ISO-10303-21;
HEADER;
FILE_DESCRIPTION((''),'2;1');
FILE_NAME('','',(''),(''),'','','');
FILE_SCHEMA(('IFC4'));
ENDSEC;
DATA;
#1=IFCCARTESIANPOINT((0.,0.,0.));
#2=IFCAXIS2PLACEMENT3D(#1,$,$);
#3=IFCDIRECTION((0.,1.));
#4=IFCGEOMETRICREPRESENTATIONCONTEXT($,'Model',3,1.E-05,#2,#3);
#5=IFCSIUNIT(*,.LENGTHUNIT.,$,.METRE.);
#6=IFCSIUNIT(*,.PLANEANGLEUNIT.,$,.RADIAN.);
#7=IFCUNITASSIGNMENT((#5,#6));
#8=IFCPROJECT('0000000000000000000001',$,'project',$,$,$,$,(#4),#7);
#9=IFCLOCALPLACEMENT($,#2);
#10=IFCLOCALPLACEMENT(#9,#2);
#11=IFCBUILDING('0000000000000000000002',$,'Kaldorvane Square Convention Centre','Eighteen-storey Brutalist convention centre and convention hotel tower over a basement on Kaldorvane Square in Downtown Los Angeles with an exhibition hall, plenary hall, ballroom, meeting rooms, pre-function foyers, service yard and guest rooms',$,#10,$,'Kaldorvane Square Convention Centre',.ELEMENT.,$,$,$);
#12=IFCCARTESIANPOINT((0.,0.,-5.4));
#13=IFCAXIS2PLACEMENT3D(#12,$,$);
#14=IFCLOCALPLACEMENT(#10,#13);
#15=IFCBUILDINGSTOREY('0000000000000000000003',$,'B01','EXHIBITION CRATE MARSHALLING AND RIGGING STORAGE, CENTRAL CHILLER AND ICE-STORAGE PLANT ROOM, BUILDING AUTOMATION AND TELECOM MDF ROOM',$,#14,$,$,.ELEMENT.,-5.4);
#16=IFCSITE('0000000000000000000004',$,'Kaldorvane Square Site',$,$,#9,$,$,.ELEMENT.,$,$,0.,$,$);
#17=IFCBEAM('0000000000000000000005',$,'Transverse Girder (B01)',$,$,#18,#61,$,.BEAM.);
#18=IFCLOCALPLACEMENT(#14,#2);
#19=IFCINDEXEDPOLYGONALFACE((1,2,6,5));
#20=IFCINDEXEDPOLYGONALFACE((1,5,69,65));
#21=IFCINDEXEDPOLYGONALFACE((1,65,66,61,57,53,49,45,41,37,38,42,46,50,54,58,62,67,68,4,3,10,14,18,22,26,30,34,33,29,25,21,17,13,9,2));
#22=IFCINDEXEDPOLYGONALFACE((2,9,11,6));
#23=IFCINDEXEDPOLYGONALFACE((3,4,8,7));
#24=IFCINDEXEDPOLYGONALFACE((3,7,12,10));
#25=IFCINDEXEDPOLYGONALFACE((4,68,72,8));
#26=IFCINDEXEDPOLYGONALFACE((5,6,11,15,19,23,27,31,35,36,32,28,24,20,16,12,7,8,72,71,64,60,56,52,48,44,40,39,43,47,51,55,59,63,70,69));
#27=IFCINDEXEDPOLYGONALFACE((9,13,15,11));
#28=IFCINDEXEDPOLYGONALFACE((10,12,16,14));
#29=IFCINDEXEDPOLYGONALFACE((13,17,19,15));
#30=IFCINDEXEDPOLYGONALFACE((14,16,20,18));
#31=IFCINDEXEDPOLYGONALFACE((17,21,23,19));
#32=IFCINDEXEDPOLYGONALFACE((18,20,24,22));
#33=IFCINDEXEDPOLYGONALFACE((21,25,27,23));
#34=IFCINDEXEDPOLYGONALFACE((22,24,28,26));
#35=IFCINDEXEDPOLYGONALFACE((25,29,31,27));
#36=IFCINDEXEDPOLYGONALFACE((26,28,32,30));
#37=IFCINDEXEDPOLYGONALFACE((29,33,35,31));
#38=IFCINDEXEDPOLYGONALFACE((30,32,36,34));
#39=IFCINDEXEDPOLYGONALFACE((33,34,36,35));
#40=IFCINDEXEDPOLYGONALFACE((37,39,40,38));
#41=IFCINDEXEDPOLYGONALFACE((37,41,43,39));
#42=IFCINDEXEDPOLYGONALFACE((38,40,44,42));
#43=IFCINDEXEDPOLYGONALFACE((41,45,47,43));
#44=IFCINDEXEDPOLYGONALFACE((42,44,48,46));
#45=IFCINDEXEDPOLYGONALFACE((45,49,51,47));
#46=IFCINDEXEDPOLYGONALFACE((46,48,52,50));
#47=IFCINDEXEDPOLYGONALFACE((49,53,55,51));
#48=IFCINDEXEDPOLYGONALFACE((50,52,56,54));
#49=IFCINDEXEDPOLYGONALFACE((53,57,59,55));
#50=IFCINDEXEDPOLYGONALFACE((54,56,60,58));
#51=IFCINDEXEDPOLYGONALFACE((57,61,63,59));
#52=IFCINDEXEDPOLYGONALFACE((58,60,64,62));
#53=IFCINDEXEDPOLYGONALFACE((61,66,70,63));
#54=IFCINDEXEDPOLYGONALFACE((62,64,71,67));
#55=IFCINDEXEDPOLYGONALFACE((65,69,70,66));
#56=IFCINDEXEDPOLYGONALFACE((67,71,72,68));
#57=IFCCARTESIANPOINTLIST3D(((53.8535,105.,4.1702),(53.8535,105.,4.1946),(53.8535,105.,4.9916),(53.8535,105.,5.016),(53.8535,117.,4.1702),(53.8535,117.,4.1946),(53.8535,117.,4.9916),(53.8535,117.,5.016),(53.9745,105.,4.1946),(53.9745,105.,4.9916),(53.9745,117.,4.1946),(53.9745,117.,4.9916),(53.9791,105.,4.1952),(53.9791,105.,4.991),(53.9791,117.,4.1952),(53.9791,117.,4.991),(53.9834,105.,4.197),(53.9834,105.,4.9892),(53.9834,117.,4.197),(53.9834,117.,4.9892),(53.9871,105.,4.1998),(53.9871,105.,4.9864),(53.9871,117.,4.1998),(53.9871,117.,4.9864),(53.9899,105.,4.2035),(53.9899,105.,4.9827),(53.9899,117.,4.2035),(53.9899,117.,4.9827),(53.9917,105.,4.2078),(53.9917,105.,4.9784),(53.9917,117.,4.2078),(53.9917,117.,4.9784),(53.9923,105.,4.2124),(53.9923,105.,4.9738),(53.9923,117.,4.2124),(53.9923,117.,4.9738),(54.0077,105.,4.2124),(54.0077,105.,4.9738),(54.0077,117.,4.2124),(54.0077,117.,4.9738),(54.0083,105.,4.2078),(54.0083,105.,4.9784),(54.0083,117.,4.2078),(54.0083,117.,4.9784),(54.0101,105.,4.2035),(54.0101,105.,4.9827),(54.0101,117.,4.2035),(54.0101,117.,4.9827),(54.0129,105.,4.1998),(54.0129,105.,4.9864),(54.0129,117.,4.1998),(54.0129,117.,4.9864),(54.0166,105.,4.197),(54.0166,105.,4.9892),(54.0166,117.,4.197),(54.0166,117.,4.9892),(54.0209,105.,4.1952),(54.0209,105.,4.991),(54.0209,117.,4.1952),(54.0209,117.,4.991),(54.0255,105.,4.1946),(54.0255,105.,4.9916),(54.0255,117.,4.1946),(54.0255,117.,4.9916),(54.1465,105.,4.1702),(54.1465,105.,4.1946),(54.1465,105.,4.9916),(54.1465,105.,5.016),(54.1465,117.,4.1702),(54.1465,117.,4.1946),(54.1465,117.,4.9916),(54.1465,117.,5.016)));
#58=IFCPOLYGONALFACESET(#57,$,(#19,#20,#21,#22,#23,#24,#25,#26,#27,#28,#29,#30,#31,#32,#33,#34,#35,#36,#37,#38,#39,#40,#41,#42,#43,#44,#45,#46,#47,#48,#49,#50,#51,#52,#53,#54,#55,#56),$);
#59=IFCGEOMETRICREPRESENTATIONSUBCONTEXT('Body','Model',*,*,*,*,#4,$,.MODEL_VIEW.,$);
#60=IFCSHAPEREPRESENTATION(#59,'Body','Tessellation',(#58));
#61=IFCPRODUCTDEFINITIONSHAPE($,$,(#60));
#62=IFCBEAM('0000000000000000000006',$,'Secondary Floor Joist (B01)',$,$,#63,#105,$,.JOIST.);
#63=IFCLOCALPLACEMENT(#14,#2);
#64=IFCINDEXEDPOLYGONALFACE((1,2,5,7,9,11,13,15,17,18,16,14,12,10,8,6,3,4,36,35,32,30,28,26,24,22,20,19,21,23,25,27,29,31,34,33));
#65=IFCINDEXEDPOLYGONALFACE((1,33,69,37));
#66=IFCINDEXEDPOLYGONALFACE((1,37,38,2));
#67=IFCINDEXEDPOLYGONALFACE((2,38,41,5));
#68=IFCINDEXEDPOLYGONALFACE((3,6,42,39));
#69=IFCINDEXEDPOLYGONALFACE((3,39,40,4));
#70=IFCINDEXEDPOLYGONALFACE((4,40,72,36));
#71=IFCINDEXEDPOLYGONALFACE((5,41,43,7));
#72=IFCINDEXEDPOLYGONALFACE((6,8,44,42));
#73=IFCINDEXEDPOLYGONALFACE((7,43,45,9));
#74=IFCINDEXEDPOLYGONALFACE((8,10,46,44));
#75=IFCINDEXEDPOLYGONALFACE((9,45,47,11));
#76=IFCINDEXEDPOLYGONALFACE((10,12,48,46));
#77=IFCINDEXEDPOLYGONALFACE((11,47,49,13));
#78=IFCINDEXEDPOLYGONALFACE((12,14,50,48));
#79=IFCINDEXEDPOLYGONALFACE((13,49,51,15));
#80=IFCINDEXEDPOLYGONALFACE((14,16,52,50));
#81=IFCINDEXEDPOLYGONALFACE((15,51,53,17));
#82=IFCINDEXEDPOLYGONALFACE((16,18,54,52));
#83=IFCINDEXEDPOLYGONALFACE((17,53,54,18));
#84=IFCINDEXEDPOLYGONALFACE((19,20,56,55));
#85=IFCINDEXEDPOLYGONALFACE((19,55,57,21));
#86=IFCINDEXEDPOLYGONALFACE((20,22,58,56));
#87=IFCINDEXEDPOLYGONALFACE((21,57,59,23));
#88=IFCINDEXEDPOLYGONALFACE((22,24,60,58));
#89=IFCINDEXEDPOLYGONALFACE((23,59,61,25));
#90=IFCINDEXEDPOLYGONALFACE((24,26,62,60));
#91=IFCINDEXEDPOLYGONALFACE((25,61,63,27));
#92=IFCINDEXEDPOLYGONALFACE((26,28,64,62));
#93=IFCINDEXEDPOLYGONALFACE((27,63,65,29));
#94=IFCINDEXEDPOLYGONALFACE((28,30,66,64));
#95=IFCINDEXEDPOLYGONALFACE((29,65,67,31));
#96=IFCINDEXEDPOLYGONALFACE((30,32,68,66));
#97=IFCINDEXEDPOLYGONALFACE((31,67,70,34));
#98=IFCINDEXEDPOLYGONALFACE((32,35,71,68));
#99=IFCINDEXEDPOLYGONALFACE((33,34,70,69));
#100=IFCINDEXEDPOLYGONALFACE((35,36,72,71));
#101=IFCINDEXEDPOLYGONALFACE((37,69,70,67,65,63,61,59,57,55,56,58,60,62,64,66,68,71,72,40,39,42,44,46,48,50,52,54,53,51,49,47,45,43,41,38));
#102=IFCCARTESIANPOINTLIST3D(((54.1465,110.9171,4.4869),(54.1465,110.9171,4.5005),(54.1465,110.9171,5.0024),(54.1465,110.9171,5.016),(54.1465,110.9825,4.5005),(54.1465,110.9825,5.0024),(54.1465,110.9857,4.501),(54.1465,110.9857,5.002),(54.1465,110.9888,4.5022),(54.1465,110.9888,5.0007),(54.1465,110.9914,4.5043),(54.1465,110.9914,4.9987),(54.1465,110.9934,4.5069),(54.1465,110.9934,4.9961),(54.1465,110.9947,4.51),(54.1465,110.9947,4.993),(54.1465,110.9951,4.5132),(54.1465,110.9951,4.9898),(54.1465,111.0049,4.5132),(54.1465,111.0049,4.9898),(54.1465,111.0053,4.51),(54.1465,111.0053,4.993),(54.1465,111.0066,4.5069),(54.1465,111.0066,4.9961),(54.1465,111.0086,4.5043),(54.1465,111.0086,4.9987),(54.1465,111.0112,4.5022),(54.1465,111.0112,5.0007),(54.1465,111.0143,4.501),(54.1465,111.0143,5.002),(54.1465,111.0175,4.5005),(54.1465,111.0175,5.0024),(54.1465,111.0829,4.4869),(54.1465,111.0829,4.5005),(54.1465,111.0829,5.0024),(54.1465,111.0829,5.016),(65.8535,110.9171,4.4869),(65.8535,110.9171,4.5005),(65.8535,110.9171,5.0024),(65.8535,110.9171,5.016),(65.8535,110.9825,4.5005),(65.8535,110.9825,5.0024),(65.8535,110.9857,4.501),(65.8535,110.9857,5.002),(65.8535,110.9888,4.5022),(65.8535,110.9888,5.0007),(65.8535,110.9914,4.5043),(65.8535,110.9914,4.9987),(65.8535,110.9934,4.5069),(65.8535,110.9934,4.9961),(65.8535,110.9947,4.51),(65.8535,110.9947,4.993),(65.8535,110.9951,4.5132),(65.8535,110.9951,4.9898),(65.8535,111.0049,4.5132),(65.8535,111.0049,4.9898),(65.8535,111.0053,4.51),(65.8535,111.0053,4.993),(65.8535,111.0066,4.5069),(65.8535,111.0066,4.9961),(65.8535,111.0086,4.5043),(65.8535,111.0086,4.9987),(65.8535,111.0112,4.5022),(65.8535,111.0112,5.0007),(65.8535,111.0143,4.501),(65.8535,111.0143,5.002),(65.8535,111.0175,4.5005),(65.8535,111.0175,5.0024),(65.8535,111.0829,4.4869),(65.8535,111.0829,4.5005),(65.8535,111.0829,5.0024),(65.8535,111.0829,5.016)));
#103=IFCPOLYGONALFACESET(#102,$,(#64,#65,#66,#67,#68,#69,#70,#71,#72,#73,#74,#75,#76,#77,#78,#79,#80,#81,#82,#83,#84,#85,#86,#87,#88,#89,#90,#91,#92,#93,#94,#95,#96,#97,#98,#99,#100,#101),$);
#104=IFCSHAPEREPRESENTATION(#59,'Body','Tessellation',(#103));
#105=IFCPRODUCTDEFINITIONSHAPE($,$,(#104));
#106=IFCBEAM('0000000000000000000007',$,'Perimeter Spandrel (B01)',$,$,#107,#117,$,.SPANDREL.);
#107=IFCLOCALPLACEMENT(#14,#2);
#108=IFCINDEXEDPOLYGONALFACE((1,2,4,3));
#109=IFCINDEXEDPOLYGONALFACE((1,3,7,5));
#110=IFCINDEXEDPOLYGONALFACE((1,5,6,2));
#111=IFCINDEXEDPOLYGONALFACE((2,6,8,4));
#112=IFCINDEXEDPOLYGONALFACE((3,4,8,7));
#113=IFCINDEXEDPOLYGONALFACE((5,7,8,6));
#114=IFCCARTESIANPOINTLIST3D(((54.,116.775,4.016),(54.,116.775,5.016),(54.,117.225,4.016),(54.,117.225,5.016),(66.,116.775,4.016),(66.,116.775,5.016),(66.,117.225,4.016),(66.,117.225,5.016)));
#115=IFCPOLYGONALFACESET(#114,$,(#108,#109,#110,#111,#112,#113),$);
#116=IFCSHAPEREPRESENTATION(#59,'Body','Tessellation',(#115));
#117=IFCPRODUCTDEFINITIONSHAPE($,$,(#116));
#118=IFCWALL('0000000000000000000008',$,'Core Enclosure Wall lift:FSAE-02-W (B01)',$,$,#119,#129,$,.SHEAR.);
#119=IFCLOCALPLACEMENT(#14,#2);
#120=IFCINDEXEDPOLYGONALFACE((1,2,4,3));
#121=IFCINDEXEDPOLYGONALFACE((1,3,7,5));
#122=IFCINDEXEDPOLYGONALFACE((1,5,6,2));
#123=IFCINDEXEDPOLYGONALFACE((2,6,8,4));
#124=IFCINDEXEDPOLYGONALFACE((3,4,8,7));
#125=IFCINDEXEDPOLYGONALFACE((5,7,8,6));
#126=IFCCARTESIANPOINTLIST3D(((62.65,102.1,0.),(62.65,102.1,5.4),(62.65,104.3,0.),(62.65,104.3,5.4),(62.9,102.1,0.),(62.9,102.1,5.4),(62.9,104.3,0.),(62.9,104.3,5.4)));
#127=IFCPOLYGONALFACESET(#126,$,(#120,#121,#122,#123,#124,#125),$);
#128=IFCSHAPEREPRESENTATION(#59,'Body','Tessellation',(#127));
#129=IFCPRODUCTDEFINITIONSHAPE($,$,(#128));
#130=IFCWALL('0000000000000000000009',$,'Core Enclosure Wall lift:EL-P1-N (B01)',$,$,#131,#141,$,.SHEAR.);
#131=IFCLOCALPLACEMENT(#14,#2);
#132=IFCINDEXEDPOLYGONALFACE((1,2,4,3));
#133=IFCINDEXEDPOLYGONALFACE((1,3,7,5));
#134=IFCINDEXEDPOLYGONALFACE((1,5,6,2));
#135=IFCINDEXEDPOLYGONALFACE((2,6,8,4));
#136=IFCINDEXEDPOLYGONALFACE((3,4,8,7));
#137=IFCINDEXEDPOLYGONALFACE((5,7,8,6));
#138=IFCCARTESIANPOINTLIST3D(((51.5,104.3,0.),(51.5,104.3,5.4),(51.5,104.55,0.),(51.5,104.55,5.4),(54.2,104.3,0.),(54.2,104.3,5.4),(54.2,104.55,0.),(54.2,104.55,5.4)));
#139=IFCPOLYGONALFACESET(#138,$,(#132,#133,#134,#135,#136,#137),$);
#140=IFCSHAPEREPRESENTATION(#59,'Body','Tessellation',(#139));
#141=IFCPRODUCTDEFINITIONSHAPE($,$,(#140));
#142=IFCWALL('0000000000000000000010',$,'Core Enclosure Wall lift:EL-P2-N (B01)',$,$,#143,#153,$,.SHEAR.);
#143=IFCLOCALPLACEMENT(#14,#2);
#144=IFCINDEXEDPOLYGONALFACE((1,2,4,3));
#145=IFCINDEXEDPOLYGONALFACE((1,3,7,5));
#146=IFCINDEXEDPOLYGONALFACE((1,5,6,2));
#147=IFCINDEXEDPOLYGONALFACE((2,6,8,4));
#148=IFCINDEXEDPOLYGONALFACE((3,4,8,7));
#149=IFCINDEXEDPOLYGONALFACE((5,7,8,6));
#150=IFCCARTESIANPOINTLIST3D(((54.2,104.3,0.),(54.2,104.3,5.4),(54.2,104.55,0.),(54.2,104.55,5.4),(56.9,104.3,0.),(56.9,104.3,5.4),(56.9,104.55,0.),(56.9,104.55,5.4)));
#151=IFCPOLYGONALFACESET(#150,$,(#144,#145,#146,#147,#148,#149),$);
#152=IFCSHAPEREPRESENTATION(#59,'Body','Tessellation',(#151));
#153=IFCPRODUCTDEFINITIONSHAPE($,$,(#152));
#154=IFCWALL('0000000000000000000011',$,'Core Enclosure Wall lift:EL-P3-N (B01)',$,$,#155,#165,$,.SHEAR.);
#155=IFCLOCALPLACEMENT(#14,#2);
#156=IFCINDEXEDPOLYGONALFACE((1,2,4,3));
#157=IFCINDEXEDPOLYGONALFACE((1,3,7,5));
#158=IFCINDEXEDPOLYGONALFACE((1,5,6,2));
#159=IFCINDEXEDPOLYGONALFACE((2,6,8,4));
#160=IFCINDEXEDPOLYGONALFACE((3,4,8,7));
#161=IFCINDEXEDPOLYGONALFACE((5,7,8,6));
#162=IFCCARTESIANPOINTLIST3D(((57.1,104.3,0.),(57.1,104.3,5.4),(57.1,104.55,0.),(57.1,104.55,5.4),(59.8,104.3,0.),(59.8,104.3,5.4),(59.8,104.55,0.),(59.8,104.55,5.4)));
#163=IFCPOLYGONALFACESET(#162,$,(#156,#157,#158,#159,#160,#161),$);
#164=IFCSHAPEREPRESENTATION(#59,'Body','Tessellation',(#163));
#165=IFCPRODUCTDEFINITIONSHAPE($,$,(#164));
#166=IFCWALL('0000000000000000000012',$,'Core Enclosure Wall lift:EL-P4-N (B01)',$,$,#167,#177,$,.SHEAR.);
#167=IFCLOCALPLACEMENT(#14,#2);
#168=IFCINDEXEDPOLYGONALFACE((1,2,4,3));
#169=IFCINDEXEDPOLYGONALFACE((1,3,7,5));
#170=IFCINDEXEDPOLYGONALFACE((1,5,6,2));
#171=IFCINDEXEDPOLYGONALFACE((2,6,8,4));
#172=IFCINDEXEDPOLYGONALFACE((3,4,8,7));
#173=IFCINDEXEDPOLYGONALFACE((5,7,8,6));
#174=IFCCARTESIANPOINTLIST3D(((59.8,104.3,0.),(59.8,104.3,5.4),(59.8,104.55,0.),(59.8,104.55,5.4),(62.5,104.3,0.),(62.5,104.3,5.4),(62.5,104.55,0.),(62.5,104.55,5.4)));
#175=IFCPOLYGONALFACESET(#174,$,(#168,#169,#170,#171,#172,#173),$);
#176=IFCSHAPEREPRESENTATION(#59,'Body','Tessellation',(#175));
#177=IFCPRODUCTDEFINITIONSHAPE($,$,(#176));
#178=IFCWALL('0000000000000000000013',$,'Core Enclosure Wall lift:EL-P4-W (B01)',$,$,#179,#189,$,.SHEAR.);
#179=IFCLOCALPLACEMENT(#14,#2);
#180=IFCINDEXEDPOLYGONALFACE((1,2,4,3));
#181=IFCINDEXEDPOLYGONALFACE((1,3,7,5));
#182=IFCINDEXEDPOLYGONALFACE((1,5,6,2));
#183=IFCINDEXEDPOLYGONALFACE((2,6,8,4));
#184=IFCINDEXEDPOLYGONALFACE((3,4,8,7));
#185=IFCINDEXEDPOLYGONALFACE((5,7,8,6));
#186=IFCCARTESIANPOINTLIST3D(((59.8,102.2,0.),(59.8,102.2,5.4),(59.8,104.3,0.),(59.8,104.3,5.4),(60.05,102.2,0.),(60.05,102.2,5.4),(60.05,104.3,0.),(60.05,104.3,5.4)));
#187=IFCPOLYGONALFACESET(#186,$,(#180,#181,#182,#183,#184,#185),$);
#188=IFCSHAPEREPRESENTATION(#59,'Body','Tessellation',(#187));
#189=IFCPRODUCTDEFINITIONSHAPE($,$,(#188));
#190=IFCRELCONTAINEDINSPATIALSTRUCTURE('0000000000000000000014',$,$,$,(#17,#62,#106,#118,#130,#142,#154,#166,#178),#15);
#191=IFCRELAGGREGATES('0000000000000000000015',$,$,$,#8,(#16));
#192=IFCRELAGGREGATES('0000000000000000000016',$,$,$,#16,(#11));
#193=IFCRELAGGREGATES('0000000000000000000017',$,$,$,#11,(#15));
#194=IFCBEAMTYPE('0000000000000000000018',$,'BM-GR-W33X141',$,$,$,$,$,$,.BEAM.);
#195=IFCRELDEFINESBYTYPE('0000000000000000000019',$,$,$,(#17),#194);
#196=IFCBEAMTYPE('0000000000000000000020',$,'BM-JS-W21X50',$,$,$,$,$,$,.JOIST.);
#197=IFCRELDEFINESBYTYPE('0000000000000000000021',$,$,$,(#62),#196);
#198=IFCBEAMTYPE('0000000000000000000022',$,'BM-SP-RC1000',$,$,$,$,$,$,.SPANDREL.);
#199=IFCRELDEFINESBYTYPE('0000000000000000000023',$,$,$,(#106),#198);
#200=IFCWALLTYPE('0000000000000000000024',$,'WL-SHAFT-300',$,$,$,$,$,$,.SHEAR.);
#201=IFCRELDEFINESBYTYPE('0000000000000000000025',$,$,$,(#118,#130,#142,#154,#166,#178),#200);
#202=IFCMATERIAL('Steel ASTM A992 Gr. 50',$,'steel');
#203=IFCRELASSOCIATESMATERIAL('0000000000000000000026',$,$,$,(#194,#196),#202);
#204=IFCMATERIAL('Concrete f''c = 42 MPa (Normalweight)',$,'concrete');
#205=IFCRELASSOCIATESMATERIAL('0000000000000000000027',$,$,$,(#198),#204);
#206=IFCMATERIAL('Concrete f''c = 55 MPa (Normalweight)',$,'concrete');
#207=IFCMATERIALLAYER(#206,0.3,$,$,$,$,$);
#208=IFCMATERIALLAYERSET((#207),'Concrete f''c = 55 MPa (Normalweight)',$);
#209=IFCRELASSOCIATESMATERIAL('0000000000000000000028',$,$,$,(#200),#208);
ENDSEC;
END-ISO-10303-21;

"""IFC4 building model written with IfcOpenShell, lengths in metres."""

from ifc_helpers import new_model, si_unit, direction, frame, frame_2d, origin, origin_2d, place, context, subcontext, project, spatial, rectangle, i_section, extrude, material, layer, layer_set, material_profile, profile_set, type_object, element, save


model = new_model("IFC4")

# Units and contexts
model_context = context("Model", 3, precision=1e-05, world=origin(), true_north=direction((0.0, 1.0)))
body_context = subcontext(model_context, "Body", "Model", "MODEL_VIEW")
ifc_project = project(units=[si_unit("LENGTHUNIT", "METRE"), si_unit("PLANEANGLEUNIT", "RADIAN")], contexts=[model_context])

# Site, building, storey
site_placement = place(None, origin())
site = spatial("IfcSite", under=ifc_project, at=site_placement, Name="Kaldorvane Square Site", CompositionType="ELEMENT", RefElevation=0.0)
building_placement = place(site_placement, origin())
building = spatial("IfcBuilding", under=site, at=building_placement, Name="Kaldorvane Square Convention Centre", Description="Eighteen-storey Brutalist convention centre and convention hotel tower over a basement on Kaldorvane Square in Downtown Los Angeles with an exhibition hall, plenary hall, ballroom, meeting rooms, pre-function foyers, service yard and guest rooms", LongName="Kaldorvane Square Convention Centre", CompositionType="ELEMENT")
storey_placement = place(building_placement, frame((0.0, 0.0, -5.4)))
storey = spatial("IfcBuildingStorey", under=building, at=storey_placement, Name="B01", Description="EXHIBITION CRATE MARSHALLING AND RIGGING STORAGE, CENTRAL CHILLER AND ICE-STORAGE PLANT ROOM, BUILDING AUTOMATION AND TELECOM MDF ROOM", CompositionType="ELEMENT", Elevation=-5.4)

# Shared definitions
ifc_material_1 = material(Name="Concrete f'c = 42 MPa (Normalweight)", Category="concrete")

# Shared definitions
ifc_material_2 = material(Name="Concrete f'c = 55 MPa (Normalweight)", Category="concrete")

# Beams
ifc_material_3 = material(Name="Steel ASTM A992 Gr. 50", Category="steel")
ifc_material_profile_1 = material_profile(ifc_material_3, i_section(OverallWidth=0.293, OverallDepth=0.8458, WebThickness=0.0154, FlangeThickness=0.0244, FilletRadius=0.0178, at=origin_2d()), Name="W33X141")
ifc_profile_set_1 = profile_set([ifc_material_profile_1], Name="Steel ASTM A992 Gr. 50")
beam_type_1 = type_object("IfcBeamType", Name="BM-GR-W33X141", PredefinedType="BEAM", material=ifc_profile_set_1)
beam_1_placement = place(storey_placement, frame((54.0, 105.0, 4.5931), z_axis=(0.0, 1.0, 0.0), x_axis=(-1.0, 0.0, 0.0)))
element("IfcBeam", 1, at=beam_1_placement, inside=storey, type_object=beam_type_1, Name="Transverse Girder (B01)", PredefinedType="BEAM", context=body_context, shape_type="SweptSolid", body=[
    extrude(i_section(OverallWidth=0.293, OverallDepth=0.8458, WebThickness=0.0154, FlangeThickness=0.0244, FilletRadius=0.0178, at=origin_2d()), origin(), (0.0, 0.0, 1.0), 12.0),
])
ifc_material_profile_2 = material_profile(ifc_material_3, i_section(OverallWidth=0.1659, OverallDepth=0.5291, WebThickness=0.0097, FlangeThickness=0.0136, FilletRadius=0.0127, at=origin_2d()), Name="W21X50")
ifc_profile_set_2 = profile_set([ifc_material_profile_2], Name="Steel ASTM A992 Gr. 50")
beam_type_2 = type_object("IfcBeamType", Name="BM-JS-W21X50", PredefinedType="JOIST", material=ifc_profile_set_2)
beam_2_placement = place(storey_placement, frame((54.1465, 111.0, 4.7515), z_axis=(1.0, 0.0, 0.0), x_axis=(0.0, 1.0, 0.0)))
element("IfcBeam", 2, at=beam_2_placement, inside=storey, type_object=beam_type_2, Name="Secondary Floor Joist (B01)", PredefinedType="JOIST", context=body_context, shape_type="SweptSolid", body=[
    extrude(i_section(OverallWidth=0.1659, OverallDepth=0.5291, WebThickness=0.0097, FlangeThickness=0.0136, FilletRadius=0.0127, at=origin_2d()), origin(), (0.0, 0.0, 1.0), 11.707),
])
ifc_material_profile_3 = material_profile(ifc_material_1, rectangle(XDim=0.45, YDim=1.0, at=origin_2d()), Name="RCSP1000X450")
ifc_profile_set_3 = profile_set([ifc_material_profile_3], Name="Concrete f'c = 42 MPa (Normalweight)")
beam_type_3 = type_object("IfcBeamType", Name="BM-SP-RC1000", PredefinedType="SPANDREL", material=ifc_profile_set_3)
beam_3_placement = place(storey_placement, frame((54.0, 117.0, 4.516), z_axis=(1.0, 0.0, 0.0), x_axis=(0.0, 1.0, 0.0)))
element("IfcBeam", 3, at=beam_3_placement, inside=storey, type_object=beam_type_3, Name="Perimeter Spandrel (B01)", PredefinedType="SPANDREL", context=body_context, shape_type="SweptSolid", body=[
    extrude(rectangle(XDim=0.45, YDim=1.0, at=origin_2d()), origin(), (0.0, 0.0, 1.0), 12.0),
])

# Walls
ifc_layer = layer(ifc_material_2, 0.3)
ifc_layer_set = layer_set([ifc_layer], Name="Concrete f'c = 55 MPa (Normalweight)")
wall_type = type_object("IfcWallType", Name="WL-SHAFT-300", PredefinedType="SHEAR", material=ifc_layer_set)
wall_1_placement = place(storey_placement, frame((62.775, 104.3, 0.0), z_axis=(0.0, 0.0, 1.0), x_axis=(0.0, -1.0, 0.0)))
element("IfcWall", 4, at=wall_1_placement, inside=storey, type_object=wall_type, Name="Core Enclosure Wall lift:FSAE-02-W (B01)", PredefinedType="SHEAR", context=body_context, shape_type="SweptSolid", body=[
    extrude(rectangle(XDim=2.2, YDim=0.25, at=frame_2d((1.1, 0.0))), origin(), (0.0, 0.0, 1.0), 5.4),
])
for number, where, z_axis, x_axis, name in (
    (5, (54.2, 104.425, 0.0), (0.0, 0.0, 1.0), (-1.0, 0.0, 0.0), "Core Enclosure Wall lift:EL-P1-N (B01)"),
    (6, (56.9, 104.425, 0.0), (0.0, 0.0, 1.0), (-1.0, 0.0, 0.0), "Core Enclosure Wall lift:EL-P2-N (B01)"),
    (7, (59.8, 104.425, 0.0), (0.0, 0.0, 1.0), (-1.0, 0.0, 0.0), "Core Enclosure Wall lift:EL-P3-N (B01)"),
    (8, (62.5, 104.425, 0.0), (0.0, 0.0, 1.0), (-1.0, 0.0, 0.0), "Core Enclosure Wall lift:EL-P4-N (B01)"),
):
    element("IfcWall", number, at=place(storey_placement, frame(where, z_axis=z_axis, x_axis=x_axis)), inside=storey, type_object=wall_type, Name=name, PredefinedType="SHEAR", context=body_context, shape_type="SweptSolid", body=[
        extrude(rectangle(XDim=2.7, YDim=0.25, at=frame_2d((1.35, 0.0))), origin(), (0.0, 0.0, 1.0), 5.4),
    ])
wall_2_placement = place(storey_placement, frame((59.925, 104.3, 0.0), z_axis=(0.0, 0.0, 1.0), x_axis=(0.0, -1.0, 0.0)))
element("IfcWall", 9, at=wall_2_placement, inside=storey, type_object=wall_type, Name="Core Enclosure Wall lift:EL-P4-W (B01)", PredefinedType="SHEAR", context=body_context, shape_type="SweptSolid", body=[
    extrude(rectangle(XDim=2.1, YDim=0.25, at=frame_2d((1.05, 0.0))), origin(), (0.0, 0.0, 1.0), 5.4),
])

save(model, "model.ifc")
